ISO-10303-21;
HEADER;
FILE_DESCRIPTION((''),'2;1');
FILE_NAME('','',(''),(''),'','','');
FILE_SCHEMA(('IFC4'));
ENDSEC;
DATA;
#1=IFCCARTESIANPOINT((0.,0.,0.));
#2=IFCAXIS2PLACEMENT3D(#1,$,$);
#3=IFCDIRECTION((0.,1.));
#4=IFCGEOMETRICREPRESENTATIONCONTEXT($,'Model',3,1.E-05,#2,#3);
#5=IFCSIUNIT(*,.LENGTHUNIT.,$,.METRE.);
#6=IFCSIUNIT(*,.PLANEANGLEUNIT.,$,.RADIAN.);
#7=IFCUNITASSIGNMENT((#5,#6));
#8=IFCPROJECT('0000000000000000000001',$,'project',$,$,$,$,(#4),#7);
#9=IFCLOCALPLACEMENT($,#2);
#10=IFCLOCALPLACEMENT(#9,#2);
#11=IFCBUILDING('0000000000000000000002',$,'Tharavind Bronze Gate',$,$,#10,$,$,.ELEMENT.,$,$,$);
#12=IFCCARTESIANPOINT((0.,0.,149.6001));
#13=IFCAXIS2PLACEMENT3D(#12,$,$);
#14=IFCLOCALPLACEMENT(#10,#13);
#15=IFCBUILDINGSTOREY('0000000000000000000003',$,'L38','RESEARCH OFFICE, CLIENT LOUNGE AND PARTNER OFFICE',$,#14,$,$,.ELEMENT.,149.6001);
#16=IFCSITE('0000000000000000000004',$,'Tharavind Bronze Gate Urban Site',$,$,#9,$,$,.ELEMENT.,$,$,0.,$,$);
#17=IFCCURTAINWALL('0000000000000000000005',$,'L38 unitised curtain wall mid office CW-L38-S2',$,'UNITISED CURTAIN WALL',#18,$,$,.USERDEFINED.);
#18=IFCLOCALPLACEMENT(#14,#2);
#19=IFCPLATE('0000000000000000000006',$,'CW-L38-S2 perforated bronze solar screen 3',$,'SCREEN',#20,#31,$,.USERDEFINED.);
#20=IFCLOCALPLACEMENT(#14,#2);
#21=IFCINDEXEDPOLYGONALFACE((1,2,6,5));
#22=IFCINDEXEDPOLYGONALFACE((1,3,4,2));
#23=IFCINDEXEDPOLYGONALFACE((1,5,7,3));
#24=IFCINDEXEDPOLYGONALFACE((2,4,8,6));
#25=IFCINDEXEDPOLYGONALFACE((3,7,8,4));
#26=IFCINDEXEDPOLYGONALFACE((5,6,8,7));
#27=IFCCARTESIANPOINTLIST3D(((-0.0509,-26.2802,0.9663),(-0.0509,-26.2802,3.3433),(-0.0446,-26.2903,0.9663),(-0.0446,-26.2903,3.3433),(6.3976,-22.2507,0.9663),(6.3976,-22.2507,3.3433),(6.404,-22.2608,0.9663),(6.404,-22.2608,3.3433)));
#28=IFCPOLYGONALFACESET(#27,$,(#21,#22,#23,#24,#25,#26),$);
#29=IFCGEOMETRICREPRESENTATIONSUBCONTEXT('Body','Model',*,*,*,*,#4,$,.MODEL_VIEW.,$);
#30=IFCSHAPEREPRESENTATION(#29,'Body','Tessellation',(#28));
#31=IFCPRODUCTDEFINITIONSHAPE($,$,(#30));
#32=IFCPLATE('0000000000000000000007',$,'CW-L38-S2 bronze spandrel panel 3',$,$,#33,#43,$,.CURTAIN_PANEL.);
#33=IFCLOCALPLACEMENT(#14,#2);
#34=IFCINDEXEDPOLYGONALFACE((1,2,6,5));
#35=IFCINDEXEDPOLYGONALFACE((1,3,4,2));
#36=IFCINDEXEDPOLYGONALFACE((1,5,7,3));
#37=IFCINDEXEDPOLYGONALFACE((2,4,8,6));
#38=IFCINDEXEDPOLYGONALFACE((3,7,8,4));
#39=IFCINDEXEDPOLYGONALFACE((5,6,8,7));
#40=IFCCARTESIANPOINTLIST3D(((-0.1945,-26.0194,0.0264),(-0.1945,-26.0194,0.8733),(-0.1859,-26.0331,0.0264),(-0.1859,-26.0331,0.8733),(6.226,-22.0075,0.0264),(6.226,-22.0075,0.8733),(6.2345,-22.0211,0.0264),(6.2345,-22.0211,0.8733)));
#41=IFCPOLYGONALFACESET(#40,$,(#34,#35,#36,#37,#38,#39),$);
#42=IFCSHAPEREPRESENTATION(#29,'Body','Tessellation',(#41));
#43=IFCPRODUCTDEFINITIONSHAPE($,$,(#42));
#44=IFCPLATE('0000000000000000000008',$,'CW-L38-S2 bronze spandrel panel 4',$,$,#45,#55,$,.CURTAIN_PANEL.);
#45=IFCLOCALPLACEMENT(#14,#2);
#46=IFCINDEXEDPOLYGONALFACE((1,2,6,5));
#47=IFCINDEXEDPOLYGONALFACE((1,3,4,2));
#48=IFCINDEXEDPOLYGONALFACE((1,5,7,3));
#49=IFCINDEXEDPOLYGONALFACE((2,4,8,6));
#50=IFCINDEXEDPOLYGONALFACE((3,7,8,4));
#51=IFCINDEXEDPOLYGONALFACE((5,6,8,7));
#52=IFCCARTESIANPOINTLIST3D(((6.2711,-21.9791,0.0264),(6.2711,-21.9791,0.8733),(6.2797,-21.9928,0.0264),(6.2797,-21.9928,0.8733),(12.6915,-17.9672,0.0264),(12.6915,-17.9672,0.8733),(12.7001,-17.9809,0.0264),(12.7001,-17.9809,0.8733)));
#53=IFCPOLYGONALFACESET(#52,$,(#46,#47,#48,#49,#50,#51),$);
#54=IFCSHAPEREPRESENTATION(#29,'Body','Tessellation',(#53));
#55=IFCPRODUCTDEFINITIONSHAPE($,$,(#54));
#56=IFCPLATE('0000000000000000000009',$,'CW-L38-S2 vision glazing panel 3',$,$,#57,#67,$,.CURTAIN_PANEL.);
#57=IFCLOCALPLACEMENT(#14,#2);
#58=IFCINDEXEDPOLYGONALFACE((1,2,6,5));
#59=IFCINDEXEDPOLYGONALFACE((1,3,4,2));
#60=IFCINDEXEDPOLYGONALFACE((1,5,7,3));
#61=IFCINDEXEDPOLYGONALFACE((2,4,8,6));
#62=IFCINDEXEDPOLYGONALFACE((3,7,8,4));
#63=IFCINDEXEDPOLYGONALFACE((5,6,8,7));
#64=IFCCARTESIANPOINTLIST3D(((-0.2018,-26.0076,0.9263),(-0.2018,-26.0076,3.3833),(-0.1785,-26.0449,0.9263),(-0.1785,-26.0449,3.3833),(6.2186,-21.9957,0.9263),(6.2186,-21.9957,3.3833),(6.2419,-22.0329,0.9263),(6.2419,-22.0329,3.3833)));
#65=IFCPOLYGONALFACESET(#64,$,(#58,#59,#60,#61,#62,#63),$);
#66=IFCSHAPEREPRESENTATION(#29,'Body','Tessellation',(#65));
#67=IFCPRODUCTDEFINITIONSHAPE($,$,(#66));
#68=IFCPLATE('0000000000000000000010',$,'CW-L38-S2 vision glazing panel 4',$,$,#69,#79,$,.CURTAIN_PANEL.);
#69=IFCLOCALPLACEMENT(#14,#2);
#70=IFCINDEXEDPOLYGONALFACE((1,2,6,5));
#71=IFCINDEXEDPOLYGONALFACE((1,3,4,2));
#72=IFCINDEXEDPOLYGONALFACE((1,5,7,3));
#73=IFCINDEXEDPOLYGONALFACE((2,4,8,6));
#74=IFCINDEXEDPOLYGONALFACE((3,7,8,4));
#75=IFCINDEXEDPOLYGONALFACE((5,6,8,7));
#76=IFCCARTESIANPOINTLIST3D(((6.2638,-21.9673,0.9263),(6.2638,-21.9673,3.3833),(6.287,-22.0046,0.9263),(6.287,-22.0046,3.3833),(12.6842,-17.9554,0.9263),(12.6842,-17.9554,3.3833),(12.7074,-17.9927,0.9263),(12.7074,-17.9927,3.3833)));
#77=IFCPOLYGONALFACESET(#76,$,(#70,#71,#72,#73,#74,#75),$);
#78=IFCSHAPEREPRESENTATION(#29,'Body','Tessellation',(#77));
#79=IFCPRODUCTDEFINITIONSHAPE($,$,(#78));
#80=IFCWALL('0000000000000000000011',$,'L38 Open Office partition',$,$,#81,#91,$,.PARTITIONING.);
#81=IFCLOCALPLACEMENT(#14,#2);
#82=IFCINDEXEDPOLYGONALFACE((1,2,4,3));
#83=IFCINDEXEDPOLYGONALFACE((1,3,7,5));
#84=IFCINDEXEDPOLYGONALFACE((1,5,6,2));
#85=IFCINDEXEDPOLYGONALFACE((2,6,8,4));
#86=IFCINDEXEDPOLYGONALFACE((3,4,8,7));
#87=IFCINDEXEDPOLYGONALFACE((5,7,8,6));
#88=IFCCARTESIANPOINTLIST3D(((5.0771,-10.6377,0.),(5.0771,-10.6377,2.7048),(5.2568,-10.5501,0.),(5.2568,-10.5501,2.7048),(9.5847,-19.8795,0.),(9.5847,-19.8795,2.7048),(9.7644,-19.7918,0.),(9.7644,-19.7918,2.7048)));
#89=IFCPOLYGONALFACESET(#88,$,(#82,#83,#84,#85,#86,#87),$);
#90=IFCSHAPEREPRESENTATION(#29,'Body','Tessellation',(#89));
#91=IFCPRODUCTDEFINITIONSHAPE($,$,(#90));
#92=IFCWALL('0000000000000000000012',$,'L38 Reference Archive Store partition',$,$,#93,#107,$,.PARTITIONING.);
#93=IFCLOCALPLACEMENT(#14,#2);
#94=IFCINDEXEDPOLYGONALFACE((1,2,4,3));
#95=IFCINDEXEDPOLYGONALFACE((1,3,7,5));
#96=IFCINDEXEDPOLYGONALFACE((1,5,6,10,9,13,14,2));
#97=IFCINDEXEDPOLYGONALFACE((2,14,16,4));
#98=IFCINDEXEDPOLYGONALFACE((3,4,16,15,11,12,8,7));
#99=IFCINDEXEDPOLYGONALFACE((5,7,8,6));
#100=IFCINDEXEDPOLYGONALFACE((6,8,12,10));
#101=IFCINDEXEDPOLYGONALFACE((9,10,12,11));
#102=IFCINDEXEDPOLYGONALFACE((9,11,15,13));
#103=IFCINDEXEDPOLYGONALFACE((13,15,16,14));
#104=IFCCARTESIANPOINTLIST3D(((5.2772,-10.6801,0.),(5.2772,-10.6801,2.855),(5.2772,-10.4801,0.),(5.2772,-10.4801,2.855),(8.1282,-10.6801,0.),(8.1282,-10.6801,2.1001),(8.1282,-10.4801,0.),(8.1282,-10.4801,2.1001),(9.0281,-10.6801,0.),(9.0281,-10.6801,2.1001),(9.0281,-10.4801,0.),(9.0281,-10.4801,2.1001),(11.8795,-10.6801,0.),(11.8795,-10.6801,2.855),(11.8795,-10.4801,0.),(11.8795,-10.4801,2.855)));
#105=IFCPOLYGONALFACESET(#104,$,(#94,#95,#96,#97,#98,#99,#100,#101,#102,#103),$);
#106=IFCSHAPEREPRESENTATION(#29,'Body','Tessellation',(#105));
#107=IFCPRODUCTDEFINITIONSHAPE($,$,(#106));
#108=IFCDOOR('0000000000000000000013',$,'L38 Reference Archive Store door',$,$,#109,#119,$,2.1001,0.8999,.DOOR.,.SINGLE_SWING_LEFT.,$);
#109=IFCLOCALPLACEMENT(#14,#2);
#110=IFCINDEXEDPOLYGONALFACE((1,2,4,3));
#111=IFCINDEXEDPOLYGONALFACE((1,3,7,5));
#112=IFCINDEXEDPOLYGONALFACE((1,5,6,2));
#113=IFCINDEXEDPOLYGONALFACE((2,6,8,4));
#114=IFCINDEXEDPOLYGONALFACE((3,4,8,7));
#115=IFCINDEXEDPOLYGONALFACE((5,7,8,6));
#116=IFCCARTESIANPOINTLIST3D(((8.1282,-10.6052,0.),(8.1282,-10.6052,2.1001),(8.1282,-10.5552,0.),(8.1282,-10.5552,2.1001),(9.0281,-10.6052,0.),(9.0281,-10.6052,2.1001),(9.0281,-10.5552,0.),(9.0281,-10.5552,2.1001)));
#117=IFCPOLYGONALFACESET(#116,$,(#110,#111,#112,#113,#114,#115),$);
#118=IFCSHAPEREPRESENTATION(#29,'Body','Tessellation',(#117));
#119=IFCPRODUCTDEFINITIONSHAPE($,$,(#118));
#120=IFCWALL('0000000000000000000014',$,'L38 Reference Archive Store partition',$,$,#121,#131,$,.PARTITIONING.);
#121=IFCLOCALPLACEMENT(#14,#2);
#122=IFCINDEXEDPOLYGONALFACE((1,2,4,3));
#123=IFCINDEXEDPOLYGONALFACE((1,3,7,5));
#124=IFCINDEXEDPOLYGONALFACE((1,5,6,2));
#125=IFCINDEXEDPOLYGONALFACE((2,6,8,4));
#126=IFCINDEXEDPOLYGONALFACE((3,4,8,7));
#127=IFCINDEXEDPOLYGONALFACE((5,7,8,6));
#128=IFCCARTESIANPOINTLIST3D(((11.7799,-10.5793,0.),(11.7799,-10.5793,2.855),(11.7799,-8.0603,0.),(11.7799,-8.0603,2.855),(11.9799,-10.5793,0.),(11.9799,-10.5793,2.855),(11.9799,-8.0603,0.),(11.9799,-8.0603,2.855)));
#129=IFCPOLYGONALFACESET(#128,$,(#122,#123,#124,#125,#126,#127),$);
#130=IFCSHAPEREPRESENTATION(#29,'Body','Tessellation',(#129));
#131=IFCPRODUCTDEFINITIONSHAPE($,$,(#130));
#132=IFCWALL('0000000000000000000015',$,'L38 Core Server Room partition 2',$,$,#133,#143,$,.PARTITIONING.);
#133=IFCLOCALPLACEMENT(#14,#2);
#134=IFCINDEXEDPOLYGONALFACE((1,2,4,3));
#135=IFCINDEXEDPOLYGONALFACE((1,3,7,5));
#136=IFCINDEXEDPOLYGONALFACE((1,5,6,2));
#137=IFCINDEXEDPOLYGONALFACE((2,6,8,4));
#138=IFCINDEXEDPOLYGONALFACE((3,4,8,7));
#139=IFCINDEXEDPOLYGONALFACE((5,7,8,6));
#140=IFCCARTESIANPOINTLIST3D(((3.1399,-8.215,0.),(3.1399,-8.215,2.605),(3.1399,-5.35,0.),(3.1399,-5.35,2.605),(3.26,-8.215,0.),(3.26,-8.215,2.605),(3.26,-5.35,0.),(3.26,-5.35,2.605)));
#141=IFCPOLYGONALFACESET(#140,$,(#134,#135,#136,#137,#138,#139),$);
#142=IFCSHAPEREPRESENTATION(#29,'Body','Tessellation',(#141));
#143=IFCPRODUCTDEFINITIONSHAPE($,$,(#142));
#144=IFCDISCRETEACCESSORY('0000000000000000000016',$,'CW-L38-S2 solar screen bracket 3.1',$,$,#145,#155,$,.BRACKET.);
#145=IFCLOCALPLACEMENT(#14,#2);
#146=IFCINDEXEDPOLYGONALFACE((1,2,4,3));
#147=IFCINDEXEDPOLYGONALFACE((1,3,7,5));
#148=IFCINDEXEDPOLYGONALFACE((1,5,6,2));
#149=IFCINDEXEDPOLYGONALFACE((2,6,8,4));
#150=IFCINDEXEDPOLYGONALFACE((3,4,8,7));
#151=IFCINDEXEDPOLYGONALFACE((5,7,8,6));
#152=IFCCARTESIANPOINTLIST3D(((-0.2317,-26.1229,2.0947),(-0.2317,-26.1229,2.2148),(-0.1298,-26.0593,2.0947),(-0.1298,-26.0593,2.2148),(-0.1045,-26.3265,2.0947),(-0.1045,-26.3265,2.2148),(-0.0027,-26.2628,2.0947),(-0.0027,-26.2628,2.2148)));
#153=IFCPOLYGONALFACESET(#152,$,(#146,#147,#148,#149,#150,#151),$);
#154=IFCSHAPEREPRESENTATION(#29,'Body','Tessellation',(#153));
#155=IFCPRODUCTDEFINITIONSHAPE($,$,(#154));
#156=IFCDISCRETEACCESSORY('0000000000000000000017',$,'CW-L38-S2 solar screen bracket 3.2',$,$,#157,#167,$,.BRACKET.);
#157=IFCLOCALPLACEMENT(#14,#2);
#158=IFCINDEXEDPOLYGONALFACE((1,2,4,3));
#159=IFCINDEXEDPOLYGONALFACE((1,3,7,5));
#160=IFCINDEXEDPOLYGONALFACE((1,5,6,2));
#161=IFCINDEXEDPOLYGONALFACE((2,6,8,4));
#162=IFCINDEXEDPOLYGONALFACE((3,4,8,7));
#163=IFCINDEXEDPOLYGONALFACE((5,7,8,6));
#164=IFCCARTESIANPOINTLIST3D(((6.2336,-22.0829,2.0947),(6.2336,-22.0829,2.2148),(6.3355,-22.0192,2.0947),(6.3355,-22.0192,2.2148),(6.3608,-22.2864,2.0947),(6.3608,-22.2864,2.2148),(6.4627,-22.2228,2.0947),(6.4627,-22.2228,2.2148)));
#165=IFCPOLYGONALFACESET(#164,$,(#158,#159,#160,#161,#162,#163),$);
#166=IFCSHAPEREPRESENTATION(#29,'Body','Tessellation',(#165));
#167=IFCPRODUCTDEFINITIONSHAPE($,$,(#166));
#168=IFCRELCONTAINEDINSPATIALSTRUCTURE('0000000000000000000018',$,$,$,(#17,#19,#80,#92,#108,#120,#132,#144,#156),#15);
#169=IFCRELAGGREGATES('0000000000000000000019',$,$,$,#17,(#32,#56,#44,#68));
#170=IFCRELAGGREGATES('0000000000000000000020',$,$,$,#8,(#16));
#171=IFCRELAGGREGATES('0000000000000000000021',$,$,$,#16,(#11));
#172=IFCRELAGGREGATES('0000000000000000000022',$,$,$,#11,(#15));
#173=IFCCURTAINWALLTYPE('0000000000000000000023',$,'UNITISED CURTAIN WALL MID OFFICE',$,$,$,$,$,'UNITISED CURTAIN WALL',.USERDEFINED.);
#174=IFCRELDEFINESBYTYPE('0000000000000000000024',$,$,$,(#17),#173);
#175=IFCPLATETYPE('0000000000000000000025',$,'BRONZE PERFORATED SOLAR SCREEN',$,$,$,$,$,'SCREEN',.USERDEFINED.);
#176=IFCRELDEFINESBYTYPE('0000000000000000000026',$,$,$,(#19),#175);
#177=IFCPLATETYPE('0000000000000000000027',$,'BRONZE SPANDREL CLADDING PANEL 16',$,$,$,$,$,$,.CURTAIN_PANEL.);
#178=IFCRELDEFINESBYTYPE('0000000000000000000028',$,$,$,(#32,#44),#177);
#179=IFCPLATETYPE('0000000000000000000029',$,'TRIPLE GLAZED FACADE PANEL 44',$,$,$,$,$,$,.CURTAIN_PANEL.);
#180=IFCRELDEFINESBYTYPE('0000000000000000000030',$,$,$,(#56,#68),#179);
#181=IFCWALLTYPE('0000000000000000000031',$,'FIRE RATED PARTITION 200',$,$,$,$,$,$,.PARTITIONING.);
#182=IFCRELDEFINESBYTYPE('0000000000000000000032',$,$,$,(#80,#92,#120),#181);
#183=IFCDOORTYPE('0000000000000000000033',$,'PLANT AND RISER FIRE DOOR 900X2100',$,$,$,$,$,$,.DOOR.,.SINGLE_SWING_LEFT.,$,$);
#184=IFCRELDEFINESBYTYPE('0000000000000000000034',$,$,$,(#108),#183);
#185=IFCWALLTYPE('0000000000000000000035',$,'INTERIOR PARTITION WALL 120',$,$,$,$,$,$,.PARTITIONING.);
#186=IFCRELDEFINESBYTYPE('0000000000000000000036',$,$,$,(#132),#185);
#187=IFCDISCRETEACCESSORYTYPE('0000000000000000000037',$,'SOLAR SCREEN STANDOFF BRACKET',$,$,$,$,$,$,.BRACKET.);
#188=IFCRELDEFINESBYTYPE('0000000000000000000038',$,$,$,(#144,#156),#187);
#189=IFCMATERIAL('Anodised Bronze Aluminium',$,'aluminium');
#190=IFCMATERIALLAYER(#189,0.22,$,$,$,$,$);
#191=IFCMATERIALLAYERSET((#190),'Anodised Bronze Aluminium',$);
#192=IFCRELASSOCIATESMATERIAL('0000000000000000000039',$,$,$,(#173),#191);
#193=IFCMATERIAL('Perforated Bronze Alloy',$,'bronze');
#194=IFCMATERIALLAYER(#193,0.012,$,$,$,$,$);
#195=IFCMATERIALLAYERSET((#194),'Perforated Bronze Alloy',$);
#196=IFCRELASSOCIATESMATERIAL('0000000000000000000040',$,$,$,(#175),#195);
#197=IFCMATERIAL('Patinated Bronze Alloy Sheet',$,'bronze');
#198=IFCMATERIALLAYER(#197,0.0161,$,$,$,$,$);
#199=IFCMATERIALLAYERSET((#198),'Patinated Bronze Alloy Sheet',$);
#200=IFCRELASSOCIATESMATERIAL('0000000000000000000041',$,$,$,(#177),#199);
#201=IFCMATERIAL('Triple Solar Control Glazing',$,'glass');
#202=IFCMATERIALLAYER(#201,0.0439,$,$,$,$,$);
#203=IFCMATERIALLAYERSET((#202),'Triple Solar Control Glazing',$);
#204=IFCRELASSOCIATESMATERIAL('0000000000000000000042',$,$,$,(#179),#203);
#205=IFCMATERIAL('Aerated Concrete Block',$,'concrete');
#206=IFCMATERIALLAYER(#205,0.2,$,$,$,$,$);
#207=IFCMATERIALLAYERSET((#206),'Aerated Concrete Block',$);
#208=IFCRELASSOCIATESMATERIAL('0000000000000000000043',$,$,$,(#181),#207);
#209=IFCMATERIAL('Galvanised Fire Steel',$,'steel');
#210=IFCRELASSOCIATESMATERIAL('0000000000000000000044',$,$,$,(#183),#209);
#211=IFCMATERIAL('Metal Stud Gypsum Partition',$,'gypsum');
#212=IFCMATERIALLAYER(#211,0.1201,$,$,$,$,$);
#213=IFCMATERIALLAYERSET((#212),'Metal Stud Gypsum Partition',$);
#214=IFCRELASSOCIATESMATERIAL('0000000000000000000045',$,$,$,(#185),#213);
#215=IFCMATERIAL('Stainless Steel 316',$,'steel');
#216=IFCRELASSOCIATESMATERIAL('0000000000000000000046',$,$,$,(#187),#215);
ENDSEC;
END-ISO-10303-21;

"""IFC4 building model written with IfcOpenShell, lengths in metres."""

from ifc_helpers import new_model, si_unit, direction, frame, frame_2d, origin, origin_2d, place, context, subcontext, project, spatial, rectangle, extrude, material, layer, layer_set, type_object, element, fill, aggregate, save


model = new_model("IFC4")

# Units and contexts
model_context = context("Model", 3, precision=1e-05, world=origin(), true_north=direction((0.0, 1.0)))
body_context = subcontext(model_context, "Body", "Model", "MODEL_VIEW")
ifc_project = project(units=[si_unit("LENGTHUNIT", "METRE"), si_unit("PLANEANGLEUNIT", "RADIAN")], contexts=[model_context])

# Site, building, storey
site_placement = place(None, origin())
site = spatial("IfcSite", under=ifc_project, at=site_placement, Name="Tharavind Bronze Gate Urban Site", CompositionType="ELEMENT", RefElevation=0.0)
building_placement = place(site_placement, origin())
building = spatial("IfcBuilding", under=site, at=building_placement, Name="Tharavind Bronze Gate", CompositionType="ELEMENT")
storey_placement = place(building_placement, frame((0.0, 0.0, 149.6001)))
storey = spatial("IfcBuildingStorey", under=building, at=storey_placement, Name="L38", Description="RESEARCH OFFICE, CLIENT LOUNGE AND PARTNER OFFICE", CompositionType="ELEMENT", Elevation=149.6001)

# Curtain wall
ifc_material_1 = material(Name="Anodised Bronze Aluminium", Category="aluminium")
ifc_layer_1 = layer(ifc_material_1, 0.22)
ifc_layer_set_1 = layer_set([ifc_layer_1], Name="Anodised Bronze Aluminium")
curtain_wall_type = type_object("IfcCurtainWallType", Name="UNITISED CURTAIN WALL MID OFFICE", ElementType="UNITISED CURTAIN WALL", PredefinedType="USERDEFINED", material=ifc_layer_set_1)
curtain_wall_placement = place(storey_placement, origin())
curtain_wall = element("IfcCurtainWall", 1, at=curtain_wall_placement, inside=storey, type_object=curtain_wall_type, Name="L38 unitised curtain wall mid office CW-L38-S2", ObjectType="UNITISED CURTAIN WALL", PredefinedType="USERDEFINED")

# Plates
ifc_material_2 = material(Name="Perforated Bronze Alloy", Category="bronze")
ifc_layer_2 = layer(ifc_material_2, 0.012)
ifc_layer_set_2 = layer_set([ifc_layer_2], Name="Perforated Bronze Alloy")
plate_type_1 = type_object("IfcPlateType", Name="BRONZE PERFORATED SOLAR SCREEN", ElementType="SCREEN", PredefinedType="USERDEFINED", material=ifc_layer_set_2)
plate_1_placement = place(storey_placement, frame((3.1765, -24.2705, 0.9663), z_axis=(0.0, 0.0, 1.0), x_axis=(0.848048, 0.529919, 0.0)))
element("IfcPlate", 2, at=plate_1_placement, inside=storey, type_object=plate_type_1, Name="CW-L38-S2 perforated bronze solar screen 3", ObjectType="SCREEN", PredefinedType="USERDEFINED", context=body_context, shape_type="SweptSolid", body=[
    extrude(rectangle(XDim=7.604, YDim=0.012, at=origin_2d()), origin(), (0.0, 0.0, 1.0), 2.377),
])
ifc_material_3 = material(Name="Patinated Bronze Alloy Sheet", Category="bronze")
ifc_layer_3 = layer(ifc_material_3, 0.0161)
ifc_layer_set_3 = layer_set([ifc_layer_3], Name="Patinated Bronze Alloy Sheet")
plate_type_2 = type_object("IfcPlateType", Name="BRONZE SPANDREL CLADDING PANEL 16", PredefinedType="CURTAIN_PANEL", material=ifc_layer_set_3)
plate_2_placement = place(storey_placement, frame((3.02, -24.0203, 0.0264), z_axis=(0.0, 0.0, 1.0), x_axis=(0.848048, 0.529919, 0.0)))
plate_2 = element("IfcPlate", 3, at=plate_2_placement, type_object=plate_type_2, Name="CW-L38-S2 bronze spandrel panel 3", PredefinedType="CURTAIN_PANEL", context=body_context, shape_type="SweptSolid", body=[
    extrude(rectangle(XDim=7.5708, YDim=0.0161, at=origin_2d()), origin(), (0.0, 0.0, 1.0), 0.8469),
])
plate_3_placement = place(storey_placement, frame((9.4856, -19.98, 0.0264), z_axis=(0.0, 0.0, 1.0), x_axis=(0.848048, 0.529919, 0.0)))
plate_3 = element("IfcPlate", 4, at=plate_3_placement, type_object=plate_type_2, Name="CW-L38-S2 bronze spandrel panel 4", PredefinedType="CURTAIN_PANEL", context=body_context, shape_type="SweptSolid", body=[
    extrude(rectangle(XDim=7.5708, YDim=0.0161, at=origin_2d()), origin(), (0.0, 0.0, 1.0), 0.8469),
])
ifc_material_4 = material(Name="Triple Solar Control Glazing", Category="glass")
ifc_layer_4 = layer(ifc_material_4, 0.0439)
ifc_layer_set_4 = layer_set([ifc_layer_4], Name="Triple Solar Control Glazing")
plate_type_3 = type_object("IfcPlateType", Name="TRIPLE GLAZED FACADE PANEL 44", PredefinedType="CURTAIN_PANEL", material=ifc_layer_set_4)
plate_4_placement = place(storey_placement, frame((3.02, -24.0203, 0.9263), z_axis=(0.0, 0.0, 1.0), x_axis=(0.848048, 0.529919, 0.0)))
plate_4 = element("IfcPlate", 5, at=plate_4_placement, type_object=plate_type_3, Name="CW-L38-S2 vision glazing panel 3", PredefinedType="CURTAIN_PANEL", context=body_context, shape_type="SweptSolid", body=[
    extrude(rectangle(XDim=7.5708, YDim=0.0439, at=origin_2d()), origin(), (0.0, 0.0, 1.0), 2.457),
])
plate_5_placement = place(storey_placement, frame((9.4856, -19.98, 0.9263), z_axis=(0.0, 0.0, 1.0), x_axis=(0.848048, 0.529919, 0.0)))
plate_5 = element("IfcPlate", 6, at=plate_5_placement, type_object=plate_type_3, Name="CW-L38-S2 vision glazing panel 4", PredefinedType="CURTAIN_PANEL", context=body_context, shape_type="SweptSolid", body=[
    extrude(rectangle(XDim=7.5708, YDim=0.0439, at=origin_2d()), origin(), (0.0, 0.0, 1.0), 2.457),
])
aggregate(curtain_wall, [plate_2, plate_4, plate_3, plate_5])

# Wall
ifc_material_5 = material(Name="Aerated Concrete Block", Category="concrete")
ifc_layer_5 = layer(ifc_material_5, 0.2)
ifc_layer_set_5 = layer_set([ifc_layer_5], Name="Aerated Concrete Block")
wall_type_1 = type_object("IfcWallType", Name="FIRE RATED PARTITION 200", PredefinedType="PARTITIONING", material=ifc_layer_set_5)
wall_1_placement = place(storey_placement, frame((5.167, -10.594, 0.0), z_axis=(0.0, 0.0, 1.0), x_axis=(0.438378, -0.898791, 0.0)))
element("IfcWall", 7, at=wall_1_placement, inside=storey, type_object=wall_type_1, Name="L38 Open Office partition", PredefinedType="PARTITIONING", context=body_context, shape_type="SweptSolid", body=[
    extrude(rectangle(XDim=10.2825, YDim=0.2, at=frame_2d((5.1411, 0.0))), origin(), (0.0, 0.0, 1.0), 2.7048),
])

# Wall, opening, door
wall_2_placement = place(storey_placement, frame((5.2771, -10.5801, 0.0), z_axis=(0.0, 0.0, 1.0), x_axis=(1.0, 0.0, 0.0)))
wall_2 = element("IfcWall", 8, at=wall_2_placement, inside=storey, type_object=wall_type_1, Name="L38 Reference Archive Store partition", PredefinedType="PARTITIONING", context=body_context, shape_type="SweptSolid", body=[
    extrude(rectangle(XDim=6.6023, YDim=0.2, at=frame_2d((3.3013, 0.0))), origin(), (0.0, 0.0, 1.0), 2.855),
])
opening_placement = place(wall_2_placement, frame((2.8511, 0.0, 0.0)))
opening = element("IfcOpeningElement", 9, at=opening_placement, cuts=wall_2, PredefinedType="OPENING", context=body_context, shape_type="SweptSolid", body=[
    extrude(rectangle(XDim=0.8999, YDim=2.1001, at=frame_2d((0.45, 1.05))), frame((0.0, 0.1101, 0.0), z_axis=(0.0, -1.0, 0.0), x_axis=(1.0, 0.0, 0.0)), (0.0, 0.0, 1.0), 0.22),
])
ifc_material_6 = material(Name="Galvanised Fire Steel", Category="steel")
door_type = type_object("IfcDoorType", Name="PLANT AND RISER FIRE DOOR 900X2100", OperationType="SINGLE_SWING_LEFT", PredefinedType="DOOR", material=ifc_material_6)
door_placement = place(opening_placement, origin())
door = element("IfcDoor", 10, at=door_placement, inside=storey, type_object=door_type, Name="L38 Reference Archive Store door", OperationType="SINGLE_SWING_LEFT", OverallHeight=2.1001, OverallWidth=0.8999, PredefinedType="DOOR", context=body_context, shape_type="SweptSolid", body=[
    extrude(rectangle(XDim=0.8999, YDim=2.1001, at=frame_2d((0.45, 1.05))), frame((0.0, 0.0249, 0.0), z_axis=(0.0, -1.0, 0.0), x_axis=(1.0, 0.0, 0.0)), (0.0, 0.0, 1.0), 0.05),
])
fill(opening, door)

# Walls
wall_3_placement = place(storey_placement, frame((11.8799, -10.5793, 0.0), z_axis=(0.0, 0.0, 1.0), x_axis=(0.0, 1.0, 0.0)))
element("IfcWall", 11, at=wall_3_placement, inside=storey, type_object=wall_type_1, Name="L38 Reference Archive Store partition", PredefinedType="PARTITIONING", context=body_context, shape_type="SweptSolid", body=[
    extrude(rectangle(XDim=2.519, YDim=0.2, at=frame_2d((1.2595, 0.0))), origin(), (0.0, 0.0, 1.0), 2.855),
])
ifc_material_7 = material(Name="Metal Stud Gypsum Partition", Category="gypsum")
ifc_layer_6 = layer(ifc_material_7, 0.1201)
ifc_layer_set_6 = layer_set([ifc_layer_6], Name="Metal Stud Gypsum Partition")
wall_type_2 = type_object("IfcWallType", Name="INTERIOR PARTITION WALL 120", PredefinedType="PARTITIONING", material=ifc_layer_set_6)
wall_4_placement = place(storey_placement, frame((3.2, -8.2151, 0.0), z_axis=(0.0, 0.0, 1.0), x_axis=(0.0, 1.0, 0.0)))
element("IfcWall", 12, at=wall_4_placement, inside=storey, type_object=wall_type_2, Name="L38 Core Server Room partition 2", PredefinedType="PARTITIONING", context=body_context, shape_type="SweptSolid", body=[
    extrude(rectangle(XDim=2.865, YDim=0.1201, at=frame_2d((1.4326, 0.0))), origin(), (0.0, 0.0, 1.0), 2.605),
])

# Discrete accessories
ifc_material_8 = material(Name="Stainless Steel 316", Category="steel")
discrete_accessory_type = type_object("IfcDiscreteAccessoryType", Name="SOLAR SCREEN STANDOFF BRACKET", PredefinedType="BRACKET", material=ifc_material_8)
for number, where, z_axis, x_axis, name in (
    (13, (-0.1172, -26.1929, 2.0947), (0.0, 0.0, 1.0), (0.848048, 0.529919, 0.0), "CW-L38-S2 solar screen bracket 3.1"),
    (14, (6.3481, -22.1528, 2.0947), (0.0, 0.0, 1.0), (0.848048, 0.529919, 0.0), "CW-L38-S2 solar screen bracket 3.2"),
):
    element("IfcDiscreteAccessory", number, at=place(storey_placement, frame(where, z_axis=z_axis, x_axis=x_axis)), inside=storey, type_object=discrete_accessory_type, Name=name, PredefinedType="BRACKET", context=body_context, shape_type="SweptSolid", body=[
        extrude(rectangle(XDim=0.1201, YDim=0.24, at=origin_2d()), origin(), (0.0, 0.0, 1.0), 0.1201),
    ])

save(model, "model.ifc")
